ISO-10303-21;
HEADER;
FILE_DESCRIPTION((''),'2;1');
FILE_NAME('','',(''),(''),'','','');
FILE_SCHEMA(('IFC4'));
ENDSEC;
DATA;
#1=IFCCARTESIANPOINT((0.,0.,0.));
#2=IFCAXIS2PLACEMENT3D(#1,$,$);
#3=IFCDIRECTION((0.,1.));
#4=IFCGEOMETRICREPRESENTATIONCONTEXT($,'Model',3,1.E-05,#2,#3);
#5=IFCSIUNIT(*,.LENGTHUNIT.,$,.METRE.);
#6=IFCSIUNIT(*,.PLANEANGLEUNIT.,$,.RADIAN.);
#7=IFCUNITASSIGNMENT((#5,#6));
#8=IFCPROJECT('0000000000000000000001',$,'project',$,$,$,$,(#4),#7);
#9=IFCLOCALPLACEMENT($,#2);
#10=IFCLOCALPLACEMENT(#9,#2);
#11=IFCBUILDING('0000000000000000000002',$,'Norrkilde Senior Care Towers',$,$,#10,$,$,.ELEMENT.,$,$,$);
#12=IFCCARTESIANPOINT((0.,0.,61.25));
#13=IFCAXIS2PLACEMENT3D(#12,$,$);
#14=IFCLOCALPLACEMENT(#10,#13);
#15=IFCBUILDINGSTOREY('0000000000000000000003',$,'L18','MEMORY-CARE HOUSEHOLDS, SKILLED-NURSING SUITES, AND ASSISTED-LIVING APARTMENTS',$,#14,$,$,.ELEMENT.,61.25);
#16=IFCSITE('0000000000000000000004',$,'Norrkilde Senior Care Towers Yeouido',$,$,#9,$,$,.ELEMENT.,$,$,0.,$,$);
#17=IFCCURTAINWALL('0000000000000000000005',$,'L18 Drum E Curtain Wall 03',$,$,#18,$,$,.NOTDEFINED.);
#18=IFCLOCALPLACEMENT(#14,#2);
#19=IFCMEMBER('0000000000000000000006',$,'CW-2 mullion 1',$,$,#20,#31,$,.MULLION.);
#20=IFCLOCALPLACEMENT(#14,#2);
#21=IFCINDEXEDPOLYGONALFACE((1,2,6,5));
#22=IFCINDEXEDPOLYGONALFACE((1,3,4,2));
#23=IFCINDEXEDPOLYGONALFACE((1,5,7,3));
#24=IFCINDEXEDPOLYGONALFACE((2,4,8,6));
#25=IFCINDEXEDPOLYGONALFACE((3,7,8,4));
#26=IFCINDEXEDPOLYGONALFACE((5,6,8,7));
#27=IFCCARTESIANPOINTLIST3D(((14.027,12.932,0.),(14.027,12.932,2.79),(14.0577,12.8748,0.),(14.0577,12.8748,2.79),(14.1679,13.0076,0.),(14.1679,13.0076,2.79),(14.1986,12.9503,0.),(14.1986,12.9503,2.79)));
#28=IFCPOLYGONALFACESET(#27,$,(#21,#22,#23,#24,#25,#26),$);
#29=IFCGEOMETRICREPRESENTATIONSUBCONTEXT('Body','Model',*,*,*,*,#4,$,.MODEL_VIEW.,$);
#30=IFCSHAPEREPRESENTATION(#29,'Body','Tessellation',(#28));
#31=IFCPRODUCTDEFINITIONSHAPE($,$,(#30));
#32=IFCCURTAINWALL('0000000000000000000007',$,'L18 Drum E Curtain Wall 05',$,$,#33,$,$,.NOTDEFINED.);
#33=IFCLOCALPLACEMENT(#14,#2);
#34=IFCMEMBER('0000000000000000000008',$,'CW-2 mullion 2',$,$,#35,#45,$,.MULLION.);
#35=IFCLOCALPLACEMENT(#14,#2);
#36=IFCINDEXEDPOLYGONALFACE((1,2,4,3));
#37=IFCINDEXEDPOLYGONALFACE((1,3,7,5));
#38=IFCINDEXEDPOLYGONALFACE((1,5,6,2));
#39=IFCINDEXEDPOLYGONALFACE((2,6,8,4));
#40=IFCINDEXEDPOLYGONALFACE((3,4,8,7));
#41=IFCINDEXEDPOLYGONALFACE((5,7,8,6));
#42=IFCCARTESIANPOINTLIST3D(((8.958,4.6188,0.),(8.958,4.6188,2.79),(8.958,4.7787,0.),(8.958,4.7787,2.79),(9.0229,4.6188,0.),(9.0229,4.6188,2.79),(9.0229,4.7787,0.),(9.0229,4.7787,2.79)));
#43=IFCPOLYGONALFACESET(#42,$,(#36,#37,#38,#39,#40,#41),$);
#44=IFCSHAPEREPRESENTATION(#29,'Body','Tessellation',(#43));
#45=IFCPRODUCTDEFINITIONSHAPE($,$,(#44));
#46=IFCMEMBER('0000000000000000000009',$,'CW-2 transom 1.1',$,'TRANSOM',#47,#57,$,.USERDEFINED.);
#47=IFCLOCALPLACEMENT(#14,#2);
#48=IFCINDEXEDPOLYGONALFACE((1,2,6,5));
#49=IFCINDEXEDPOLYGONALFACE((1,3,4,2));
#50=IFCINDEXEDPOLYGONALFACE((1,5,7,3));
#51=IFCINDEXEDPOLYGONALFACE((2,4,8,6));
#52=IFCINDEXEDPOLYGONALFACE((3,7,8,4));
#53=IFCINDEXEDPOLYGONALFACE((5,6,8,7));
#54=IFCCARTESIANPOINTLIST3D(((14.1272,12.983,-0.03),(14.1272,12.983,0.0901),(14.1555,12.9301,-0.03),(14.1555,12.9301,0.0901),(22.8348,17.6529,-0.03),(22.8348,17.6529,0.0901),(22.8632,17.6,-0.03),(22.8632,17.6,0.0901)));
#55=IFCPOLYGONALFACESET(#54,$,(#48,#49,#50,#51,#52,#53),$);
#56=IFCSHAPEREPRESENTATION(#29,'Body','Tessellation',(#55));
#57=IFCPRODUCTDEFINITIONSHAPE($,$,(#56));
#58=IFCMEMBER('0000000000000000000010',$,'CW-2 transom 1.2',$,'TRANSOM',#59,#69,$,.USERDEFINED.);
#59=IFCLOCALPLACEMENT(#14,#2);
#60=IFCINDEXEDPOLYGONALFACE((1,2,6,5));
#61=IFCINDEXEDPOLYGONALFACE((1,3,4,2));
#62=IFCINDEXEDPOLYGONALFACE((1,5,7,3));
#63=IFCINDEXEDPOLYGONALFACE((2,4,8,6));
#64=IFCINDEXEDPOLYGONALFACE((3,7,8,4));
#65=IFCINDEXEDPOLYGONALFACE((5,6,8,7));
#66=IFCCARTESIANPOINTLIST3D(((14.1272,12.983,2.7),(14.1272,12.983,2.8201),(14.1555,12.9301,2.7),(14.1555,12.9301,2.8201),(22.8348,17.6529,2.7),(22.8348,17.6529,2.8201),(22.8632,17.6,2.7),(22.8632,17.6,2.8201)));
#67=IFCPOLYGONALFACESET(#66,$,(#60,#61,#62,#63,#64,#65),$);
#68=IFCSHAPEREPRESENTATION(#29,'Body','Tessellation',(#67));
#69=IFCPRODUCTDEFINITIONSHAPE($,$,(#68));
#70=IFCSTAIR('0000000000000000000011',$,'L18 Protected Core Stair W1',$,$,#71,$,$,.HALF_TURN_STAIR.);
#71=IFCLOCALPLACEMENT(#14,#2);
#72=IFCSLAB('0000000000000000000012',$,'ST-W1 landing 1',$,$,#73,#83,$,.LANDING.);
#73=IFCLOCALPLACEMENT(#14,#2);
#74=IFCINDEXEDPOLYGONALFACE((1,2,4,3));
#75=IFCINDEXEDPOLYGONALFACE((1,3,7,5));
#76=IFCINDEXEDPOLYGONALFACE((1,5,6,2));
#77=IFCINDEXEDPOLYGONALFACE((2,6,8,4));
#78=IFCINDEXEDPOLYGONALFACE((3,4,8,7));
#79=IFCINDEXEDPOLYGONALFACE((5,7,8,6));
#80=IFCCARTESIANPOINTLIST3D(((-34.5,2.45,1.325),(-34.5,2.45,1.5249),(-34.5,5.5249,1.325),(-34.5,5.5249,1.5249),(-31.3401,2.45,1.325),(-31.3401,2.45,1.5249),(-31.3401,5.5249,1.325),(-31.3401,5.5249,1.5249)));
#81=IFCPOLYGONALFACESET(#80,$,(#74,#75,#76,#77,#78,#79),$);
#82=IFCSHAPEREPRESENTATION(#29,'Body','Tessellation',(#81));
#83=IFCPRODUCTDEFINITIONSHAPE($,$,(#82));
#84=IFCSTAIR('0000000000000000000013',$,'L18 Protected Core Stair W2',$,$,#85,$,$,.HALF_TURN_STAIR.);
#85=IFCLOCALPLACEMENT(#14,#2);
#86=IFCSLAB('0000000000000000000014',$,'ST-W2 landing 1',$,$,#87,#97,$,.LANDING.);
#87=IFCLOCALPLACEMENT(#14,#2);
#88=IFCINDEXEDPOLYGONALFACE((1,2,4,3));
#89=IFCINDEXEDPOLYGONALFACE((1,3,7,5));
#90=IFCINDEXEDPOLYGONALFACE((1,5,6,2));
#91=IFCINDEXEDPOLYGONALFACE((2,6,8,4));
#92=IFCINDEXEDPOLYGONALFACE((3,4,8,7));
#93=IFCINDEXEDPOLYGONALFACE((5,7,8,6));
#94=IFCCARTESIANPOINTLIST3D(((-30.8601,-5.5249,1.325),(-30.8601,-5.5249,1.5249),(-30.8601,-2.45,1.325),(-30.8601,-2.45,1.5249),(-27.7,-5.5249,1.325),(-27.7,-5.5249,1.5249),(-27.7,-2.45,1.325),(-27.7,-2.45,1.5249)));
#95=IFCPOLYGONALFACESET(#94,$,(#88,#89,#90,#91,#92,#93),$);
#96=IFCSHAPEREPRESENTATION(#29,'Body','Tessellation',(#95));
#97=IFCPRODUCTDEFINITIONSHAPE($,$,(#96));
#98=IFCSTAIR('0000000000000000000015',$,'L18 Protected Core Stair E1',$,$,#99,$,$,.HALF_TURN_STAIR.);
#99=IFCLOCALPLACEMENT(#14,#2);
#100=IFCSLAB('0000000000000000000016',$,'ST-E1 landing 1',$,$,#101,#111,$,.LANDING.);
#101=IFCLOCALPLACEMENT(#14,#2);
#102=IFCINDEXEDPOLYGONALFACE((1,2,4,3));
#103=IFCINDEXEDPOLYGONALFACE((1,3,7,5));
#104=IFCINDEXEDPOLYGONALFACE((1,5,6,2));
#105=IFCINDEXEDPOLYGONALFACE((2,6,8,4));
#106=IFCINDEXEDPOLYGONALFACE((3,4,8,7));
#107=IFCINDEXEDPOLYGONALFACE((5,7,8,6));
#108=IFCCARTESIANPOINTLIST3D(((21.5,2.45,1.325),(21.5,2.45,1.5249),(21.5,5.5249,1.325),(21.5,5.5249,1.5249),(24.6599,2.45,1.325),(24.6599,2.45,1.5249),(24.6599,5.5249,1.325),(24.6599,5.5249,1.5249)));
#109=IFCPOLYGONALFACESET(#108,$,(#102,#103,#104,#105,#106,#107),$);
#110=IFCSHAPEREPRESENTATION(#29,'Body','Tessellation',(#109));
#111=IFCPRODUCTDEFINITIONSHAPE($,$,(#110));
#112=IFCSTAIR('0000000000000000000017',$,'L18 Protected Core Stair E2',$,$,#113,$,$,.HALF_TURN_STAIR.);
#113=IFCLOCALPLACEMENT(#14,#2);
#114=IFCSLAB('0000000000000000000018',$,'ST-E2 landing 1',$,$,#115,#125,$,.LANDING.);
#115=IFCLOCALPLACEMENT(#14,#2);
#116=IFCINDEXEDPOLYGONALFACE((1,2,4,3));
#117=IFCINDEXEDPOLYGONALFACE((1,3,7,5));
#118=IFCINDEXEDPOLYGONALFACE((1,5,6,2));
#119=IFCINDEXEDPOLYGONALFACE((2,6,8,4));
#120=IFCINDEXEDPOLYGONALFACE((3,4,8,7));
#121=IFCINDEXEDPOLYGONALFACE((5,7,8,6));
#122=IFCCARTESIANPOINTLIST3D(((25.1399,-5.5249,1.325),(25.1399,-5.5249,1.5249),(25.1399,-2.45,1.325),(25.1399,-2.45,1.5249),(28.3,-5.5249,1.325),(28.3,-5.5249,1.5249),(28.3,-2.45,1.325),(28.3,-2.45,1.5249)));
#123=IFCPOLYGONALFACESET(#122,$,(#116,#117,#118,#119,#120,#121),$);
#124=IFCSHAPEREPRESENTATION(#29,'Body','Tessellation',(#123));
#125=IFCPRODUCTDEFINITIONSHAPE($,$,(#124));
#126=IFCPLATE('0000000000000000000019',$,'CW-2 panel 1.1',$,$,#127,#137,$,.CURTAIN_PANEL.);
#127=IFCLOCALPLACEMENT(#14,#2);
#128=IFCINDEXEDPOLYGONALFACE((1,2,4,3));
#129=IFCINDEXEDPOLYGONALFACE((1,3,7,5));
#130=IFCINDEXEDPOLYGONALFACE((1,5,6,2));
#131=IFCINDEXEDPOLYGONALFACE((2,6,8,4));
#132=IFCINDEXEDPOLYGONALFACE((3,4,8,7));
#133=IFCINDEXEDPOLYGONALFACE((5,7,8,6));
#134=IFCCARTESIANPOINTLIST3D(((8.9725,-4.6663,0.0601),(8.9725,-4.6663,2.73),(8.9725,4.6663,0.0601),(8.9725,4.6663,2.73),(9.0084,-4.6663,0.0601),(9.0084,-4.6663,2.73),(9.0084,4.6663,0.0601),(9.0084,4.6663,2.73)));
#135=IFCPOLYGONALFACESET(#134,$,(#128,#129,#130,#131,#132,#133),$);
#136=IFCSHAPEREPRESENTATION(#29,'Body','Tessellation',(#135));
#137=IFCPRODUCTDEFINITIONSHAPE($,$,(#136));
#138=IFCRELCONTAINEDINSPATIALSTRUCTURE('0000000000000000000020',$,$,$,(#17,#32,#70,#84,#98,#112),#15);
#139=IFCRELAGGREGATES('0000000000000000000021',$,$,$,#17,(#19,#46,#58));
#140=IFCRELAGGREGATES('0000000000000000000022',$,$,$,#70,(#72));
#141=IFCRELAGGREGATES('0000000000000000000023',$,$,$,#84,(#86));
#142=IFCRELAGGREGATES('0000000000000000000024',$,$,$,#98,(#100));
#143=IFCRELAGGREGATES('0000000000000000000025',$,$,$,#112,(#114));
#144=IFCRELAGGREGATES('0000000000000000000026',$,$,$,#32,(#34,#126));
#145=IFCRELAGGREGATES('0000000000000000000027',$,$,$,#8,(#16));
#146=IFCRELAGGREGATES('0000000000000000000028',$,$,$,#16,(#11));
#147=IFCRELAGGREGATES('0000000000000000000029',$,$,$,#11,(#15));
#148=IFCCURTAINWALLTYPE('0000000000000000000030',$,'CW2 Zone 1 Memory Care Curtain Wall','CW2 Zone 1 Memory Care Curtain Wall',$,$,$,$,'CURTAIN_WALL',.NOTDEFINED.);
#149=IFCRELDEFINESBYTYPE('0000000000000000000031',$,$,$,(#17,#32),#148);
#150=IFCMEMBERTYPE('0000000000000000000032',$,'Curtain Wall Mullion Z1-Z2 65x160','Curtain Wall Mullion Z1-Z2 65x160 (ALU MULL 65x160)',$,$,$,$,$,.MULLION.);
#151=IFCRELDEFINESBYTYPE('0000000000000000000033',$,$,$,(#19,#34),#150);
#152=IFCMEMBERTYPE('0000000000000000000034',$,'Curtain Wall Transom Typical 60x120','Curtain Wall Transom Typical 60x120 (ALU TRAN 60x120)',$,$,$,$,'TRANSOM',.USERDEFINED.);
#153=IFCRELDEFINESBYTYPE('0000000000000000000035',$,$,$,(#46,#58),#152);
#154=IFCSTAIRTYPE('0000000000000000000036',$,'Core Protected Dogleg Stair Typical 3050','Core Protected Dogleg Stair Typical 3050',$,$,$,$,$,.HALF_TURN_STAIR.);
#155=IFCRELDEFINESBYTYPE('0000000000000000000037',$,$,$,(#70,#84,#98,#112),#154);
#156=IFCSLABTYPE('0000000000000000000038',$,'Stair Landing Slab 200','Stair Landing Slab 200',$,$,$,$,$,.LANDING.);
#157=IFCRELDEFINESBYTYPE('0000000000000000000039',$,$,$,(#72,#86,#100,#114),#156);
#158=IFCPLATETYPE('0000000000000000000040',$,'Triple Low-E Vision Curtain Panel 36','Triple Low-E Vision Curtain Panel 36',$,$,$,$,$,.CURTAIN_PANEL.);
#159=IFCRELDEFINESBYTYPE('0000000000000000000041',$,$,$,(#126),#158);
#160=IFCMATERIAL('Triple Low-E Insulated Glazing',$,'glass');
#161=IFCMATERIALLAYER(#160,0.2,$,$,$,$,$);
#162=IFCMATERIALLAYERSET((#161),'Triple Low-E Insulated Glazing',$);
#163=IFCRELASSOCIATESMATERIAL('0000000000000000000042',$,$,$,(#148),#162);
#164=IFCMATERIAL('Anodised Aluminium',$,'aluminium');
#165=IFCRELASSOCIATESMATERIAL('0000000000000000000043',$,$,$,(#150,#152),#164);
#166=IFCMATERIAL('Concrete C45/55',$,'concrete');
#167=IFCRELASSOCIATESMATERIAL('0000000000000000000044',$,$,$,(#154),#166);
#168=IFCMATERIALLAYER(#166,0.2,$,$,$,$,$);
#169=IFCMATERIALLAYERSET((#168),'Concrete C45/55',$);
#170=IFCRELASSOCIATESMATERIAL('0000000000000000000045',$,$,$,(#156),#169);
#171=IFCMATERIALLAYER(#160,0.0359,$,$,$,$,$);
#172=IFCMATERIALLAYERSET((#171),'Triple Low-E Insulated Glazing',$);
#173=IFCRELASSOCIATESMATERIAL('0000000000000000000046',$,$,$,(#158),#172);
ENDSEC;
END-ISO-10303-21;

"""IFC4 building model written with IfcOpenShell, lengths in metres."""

from ifc_helpers import new_model, si_unit, direction, frame, origin, origin_2d, place, context, subcontext, project, spatial, polyline, rectangle, outline, extrude, source, transform, mapped, material, layer, layer_set, material_profile, profile_set, type_object, type_shapes, element, aggregate, save


model = new_model("IFC4")

# Units and contexts
model_context = context("Model", 3, precision=1e-05, world=origin(), true_north=direction((0.0, 1.0)))
body_context = subcontext(model_context, "Body", "Model", "MODEL_VIEW")
ifc_project = project(units=[si_unit("LENGTHUNIT", "METRE"), si_unit("PLANEANGLEUNIT", "RADIAN")], contexts=[model_context])

# Site, building, storey
site_placement = place(None, origin())
site = spatial("IfcSite", under=ifc_project, at=site_placement, Name="Norrkilde Senior Care Towers Yeouido", CompositionType="ELEMENT", RefElevation=0.0)
building_placement = place(site_placement, origin())
building = spatial("IfcBuilding", under=site, at=building_placement, Name="Norrkilde Senior Care Towers", CompositionType="ELEMENT")
storey_placement = place(building_placement, frame((0.0, 0.0, 61.25)))
storey = spatial("IfcBuildingStorey", under=building, at=storey_placement, Name="L18", Description="MEMORY-CARE HOUSEHOLDS, SKILLED-NURSING SUITES, AND ASSISTED-LIVING APARTMENTS", CompositionType="ELEMENT", Elevation=61.25)

# Curtain walls, members
ifc_material_1 = material(Name="Triple Low-E Insulated Glazing", Category="glass")
ifc_layer_1 = layer(ifc_material_1, 0.2)
ifc_layer_set_1 = layer_set([ifc_layer_1], Name="Triple Low-E Insulated Glazing")
curtain_wall_type = type_object("IfcCurtainWallType", Name="CW2 Zone 1 Memory Care Curtain Wall", Description="CW2 Zone 1 Memory Care Curtain Wall", ElementType="CURTAIN_WALL", PredefinedType="NOTDEFINED", material=ifc_layer_set_1)
curtain_wall_1_placement = place(storey_placement, origin())
curtain_wall_1 = element("IfcCurtainWall", 1, at=curtain_wall_1_placement, inside=storey, type_object=curtain_wall_type, Name="L18 Drum E Curtain Wall 03", PredefinedType="NOTDEFINED")
ifc_material_2 = material(Name="Anodised Aluminium", Category="aluminium")
ifc_material_profile_1 = material_profile(ifc_material_2, rectangle(XDim=0.0649, YDim=0.1599, at=origin_2d()), Name="ALU MULL 65x160")
ifc_profile_set_1 = profile_set([ifc_material_profile_1], Name="Anodised Aluminium")
member_type_1 = type_object("IfcMemberType", Name="Curtain Wall Mullion Z1-Z2 65x160", Description="Curtain Wall Mullion Z1-Z2 65x160 (ALU MULL 65x160)", PredefinedType="MULLION", material=ifc_profile_set_1)
shared_shape_1 = source(origin(), body_context, "Body", "SweptSolid", [
    extrude(rectangle(XDim=0.0649, YDim=0.1599, at=origin_2d()), origin(), (0.0, 0.0, 1.0), 2.79),
])
type_shapes(member_type_1, [shared_shape_1])
member_1_placement = place(storey_placement, frame((14.1128, 12.9412, 0.0), z_axis=(0.0, 0.0, 1.0), x_axis=(-0.472608, 0.881273, 0.0)))
member_1 = element("IfcMember", 2, at=member_1_placement, type_object=member_type_1, Name="CW-2 mullion 1", PredefinedType="MULLION", context=body_context, shape_type="MappedRepresentation", body=[
    mapped(shared_shape_1, transform((0.0, 0.0, 0.0), x_axis=(1.0, 0.0, 0.0), y_axis=(0.0, 1.0, 0.0), z_axis=(0.0, 0.0, 1.0), scale=1.0)),
])
curtain_wall_2_placement = place(storey_placement, origin())
curtain_wall_2 = element("IfcCurtainWall", 3, at=curtain_wall_2_placement, inside=storey, type_object=curtain_wall_type, Name="L18 Drum E Curtain Wall 05", PredefinedType="NOTDEFINED")
member_2_placement = place(storey_placement, frame((8.9905, 4.6987, 0.0), z_axis=(0.0, 0.0, 1.0), x_axis=(-1.0, 0.0, 0.0)))
member_2 = element("IfcMember", 4, at=member_2_placement, type_object=member_type_1, Name="CW-2 mullion 2", PredefinedType="MULLION", context=body_context, shape_type="MappedRepresentation", body=[
    mapped(shared_shape_1, transform((0.0, 0.0, 0.0), x_axis=(1.0, 0.0, 0.0), y_axis=(0.0, 1.0, 0.0), z_axis=(0.0, 0.0, 1.0), scale=1.0)),
])

# Members
ifc_material_profile_2 = material_profile(ifc_material_2, rectangle(XDim=0.0601, YDim=0.1201, at=origin_2d()), Name="ALU TRAN 60x120")
ifc_profile_set_2 = profile_set([ifc_material_profile_2], Name="Anodised Aluminium")
member_type_2 = type_object("IfcMemberType", Name="Curtain Wall Transom Typical 60x120", Description="Curtain Wall Transom Typical 60x120 (ALU TRAN 60x120)", ElementType="TRANSOM", PredefinedType="USERDEFINED", material=ifc_profile_set_2)
shared_shape_2 = source(origin(), body_context, "Body", "SweptSolid", [
    extrude(rectangle(XDim=0.0601, YDim=0.1201, at=origin_2d()), origin(), (0.0, 0.0, 1.0), 9.8809),
])
type_shapes(member_type_2, [shared_shape_2])
member_3_placement = place(storey_placement, frame((14.1414, 12.9565, 0.03), z_axis=(0.881267, 0.472618, 0.0), x_axis=(-0.472618, 0.881267, 0.0)))
member_3 = element("IfcMember", 5, at=member_3_placement, type_object=member_type_2, Name="CW-2 transom 1.1", ObjectType="TRANSOM", PredefinedType="USERDEFINED", context=body_context, shape_type="MappedRepresentation", body=[
    mapped(shared_shape_2, transform((0.0, 0.0, 0.0), x_axis=(1.0, 0.0, 0.0), y_axis=(0.0, 1.0, 0.0), z_axis=(0.0, 0.0, 1.0), scale=1.0)),
])
member_4_placement = place(storey_placement, frame((14.1414, 12.9565, 2.76), z_axis=(0.881267, 0.472618, 0.0), x_axis=(-0.472618, 0.881267, 0.0)))
member_4 = element("IfcMember", 6, at=member_4_placement, type_object=member_type_2, Name="CW-2 transom 1.2", ObjectType="TRANSOM", PredefinedType="USERDEFINED", context=body_context, shape_type="MappedRepresentation", body=[
    mapped(shared_shape_2, transform((0.0, 0.0, 0.0), x_axis=(1.0, 0.0, 0.0), y_axis=(0.0, 1.0, 0.0), z_axis=(0.0, 0.0, 1.0), scale=1.0)),
])
aggregate(curtain_wall_1, [member_1, member_3, member_4])

# Stairs, slabs
ifc_material_3 = material(Name="Concrete C45/55", Category="concrete")
stair_type = type_object("IfcStairType", Name="Core Protected Dogleg Stair Typical 3050", Description="Core Protected Dogleg Stair Typical 3050", PredefinedType="HALF_TURN_STAIR", material=ifc_material_3)
stair_1_placement = place(storey_placement, origin())
stair_1 = element("IfcStair", 7, at=stair_1_placement, inside=storey, type_object=stair_type, Name="L18 Protected Core Stair W1", PredefinedType="HALF_TURN_STAIR")
ifc_layer_2 = layer(ifc_material_3, 0.2)
ifc_layer_set_2 = layer_set([ifc_layer_2], Name="Concrete C45/55")
slab_type = type_object("IfcSlabType", Name="Stair Landing Slab 200", Description="Stair Landing Slab 200", PredefinedType="LANDING", material=ifc_layer_set_2)
slab_1_placement = place(storey_placement, frame((0.0, 0.0, 1.325)))
slab_1 = element("IfcSlab", 8, at=slab_1_placement, type_object=slab_type, Name="ST-W1 landing 1", PredefinedType="LANDING", context=body_context, shape_type="SweptSolid", body=[
    extrude(outline(polyline([(-31.3401, 5.5249), (-34.5, 5.5249), (-34.5, 2.45), (-31.3401, 2.45), (-31.3401, 5.5249)])), origin(), (0.0, 0.0, 1.0), 0.2),
])
aggregate(stair_1, [slab_1])
stair_2_placement = place(storey_placement, origin())
stair_2 = element("IfcStair", 9, at=stair_2_placement, inside=storey, type_object=stair_type, Name="L18 Protected Core Stair W2", PredefinedType="HALF_TURN_STAIR")
slab_2_placement = place(storey_placement, frame((0.0, 0.0, 1.325)))
slab_2 = element("IfcSlab", 10, at=slab_2_placement, type_object=slab_type, Name="ST-W2 landing 1", PredefinedType="LANDING", context=body_context, shape_type="SweptSolid", body=[
    extrude(outline(polyline([(-30.8601, -5.5249), (-27.7, -5.5249), (-27.7, -2.45), (-30.8601, -2.45), (-30.8601, -5.5249)])), origin(), (0.0, 0.0, 1.0), 0.2),
])
aggregate(stair_2, [slab_2])
stair_3_placement = place(storey_placement, origin())
stair_3 = element("IfcStair", 11, at=stair_3_placement, inside=storey, type_object=stair_type, Name="L18 Protected Core Stair E1", PredefinedType="HALF_TURN_STAIR")
slab_3_placement = place(storey_placement, frame((0.0, 0.0, 1.325)))
slab_3 = element("IfcSlab", 12, at=slab_3_placement, type_object=slab_type, Name="ST-E1 landing 1", PredefinedType="LANDING", context=body_context, shape_type="SweptSolid", body=[
    extrude(outline(polyline([(24.6599, 5.5249), (21.5, 5.5249), (21.5, 2.45), (24.6599, 2.45), (24.6599, 5.5249)])), origin(), (0.0, 0.0, 1.0), 0.2),
])
aggregate(stair_3, [slab_3])
stair_4_placement = place(storey_placement, origin())
stair_4 = element("IfcStair", 13, at=stair_4_placement, inside=storey, type_object=stair_type, Name="L18 Protected Core Stair E2", PredefinedType="HALF_TURN_STAIR")
slab_4_placement = place(storey_placement, frame((0.0, 0.0, 1.325)))
slab_4 = element("IfcSlab", 14, at=slab_4_placement, type_object=slab_type, Name="ST-E2 landing 1", PredefinedType="LANDING", context=body_context, shape_type="SweptSolid", body=[
    extrude(outline(polyline([(25.1399, -5.5249), (28.3, -5.5249), (28.3, -2.45), (25.1399, -2.45), (25.1399, -5.5249)])), origin(), (0.0, 0.0, 1.0), 0.2),
])
aggregate(stair_4, [slab_4])

# Plate
ifc_layer_3 = layer(ifc_material_1, 0.0359)
ifc_layer_set_3 = layer_set([ifc_layer_3], Name="Triple Low-E Insulated Glazing")
plate_type = type_object("IfcPlateType", Name="Triple Low-E Vision Curtain Panel 36", Description="Triple Low-E Vision Curtain Panel 36", PredefinedType="CURTAIN_PANEL", material=ifc_layer_set_3)
shared_shape_3 = source(origin(), body_context, "Body", "SweptSolid", [
    extrude(rectangle(XDim=9.3325, YDim=0.0359, at=origin_2d()), origin(), (0.0, 0.0, 1.0), 2.6699),
])
type_shapes(plate_type, [shared_shape_3])
plate_placement = place(storey_placement, frame((8.9905, 0.0, 0.0601), z_axis=(0.0, 0.0, 1.0), x_axis=(0.0, 1.0, 0.0)))
plate = element("IfcPlate", 15, at=plate_placement, type_object=plate_type, Name="CW-2 panel 1.1", PredefinedType="CURTAIN_PANEL", context=body_context, shape_type="MappedRepresentation", body=[
    mapped(shared_shape_3, transform((0.0, 0.0, 0.0), x_axis=(1.0, 0.0, 0.0), y_axis=(0.0, 1.0, 0.0), z_axis=(0.0, 0.0, 1.0), scale=1.0)),
])
aggregate(curtain_wall_2, [member_2, plate])

save(model, "model.ifc")
